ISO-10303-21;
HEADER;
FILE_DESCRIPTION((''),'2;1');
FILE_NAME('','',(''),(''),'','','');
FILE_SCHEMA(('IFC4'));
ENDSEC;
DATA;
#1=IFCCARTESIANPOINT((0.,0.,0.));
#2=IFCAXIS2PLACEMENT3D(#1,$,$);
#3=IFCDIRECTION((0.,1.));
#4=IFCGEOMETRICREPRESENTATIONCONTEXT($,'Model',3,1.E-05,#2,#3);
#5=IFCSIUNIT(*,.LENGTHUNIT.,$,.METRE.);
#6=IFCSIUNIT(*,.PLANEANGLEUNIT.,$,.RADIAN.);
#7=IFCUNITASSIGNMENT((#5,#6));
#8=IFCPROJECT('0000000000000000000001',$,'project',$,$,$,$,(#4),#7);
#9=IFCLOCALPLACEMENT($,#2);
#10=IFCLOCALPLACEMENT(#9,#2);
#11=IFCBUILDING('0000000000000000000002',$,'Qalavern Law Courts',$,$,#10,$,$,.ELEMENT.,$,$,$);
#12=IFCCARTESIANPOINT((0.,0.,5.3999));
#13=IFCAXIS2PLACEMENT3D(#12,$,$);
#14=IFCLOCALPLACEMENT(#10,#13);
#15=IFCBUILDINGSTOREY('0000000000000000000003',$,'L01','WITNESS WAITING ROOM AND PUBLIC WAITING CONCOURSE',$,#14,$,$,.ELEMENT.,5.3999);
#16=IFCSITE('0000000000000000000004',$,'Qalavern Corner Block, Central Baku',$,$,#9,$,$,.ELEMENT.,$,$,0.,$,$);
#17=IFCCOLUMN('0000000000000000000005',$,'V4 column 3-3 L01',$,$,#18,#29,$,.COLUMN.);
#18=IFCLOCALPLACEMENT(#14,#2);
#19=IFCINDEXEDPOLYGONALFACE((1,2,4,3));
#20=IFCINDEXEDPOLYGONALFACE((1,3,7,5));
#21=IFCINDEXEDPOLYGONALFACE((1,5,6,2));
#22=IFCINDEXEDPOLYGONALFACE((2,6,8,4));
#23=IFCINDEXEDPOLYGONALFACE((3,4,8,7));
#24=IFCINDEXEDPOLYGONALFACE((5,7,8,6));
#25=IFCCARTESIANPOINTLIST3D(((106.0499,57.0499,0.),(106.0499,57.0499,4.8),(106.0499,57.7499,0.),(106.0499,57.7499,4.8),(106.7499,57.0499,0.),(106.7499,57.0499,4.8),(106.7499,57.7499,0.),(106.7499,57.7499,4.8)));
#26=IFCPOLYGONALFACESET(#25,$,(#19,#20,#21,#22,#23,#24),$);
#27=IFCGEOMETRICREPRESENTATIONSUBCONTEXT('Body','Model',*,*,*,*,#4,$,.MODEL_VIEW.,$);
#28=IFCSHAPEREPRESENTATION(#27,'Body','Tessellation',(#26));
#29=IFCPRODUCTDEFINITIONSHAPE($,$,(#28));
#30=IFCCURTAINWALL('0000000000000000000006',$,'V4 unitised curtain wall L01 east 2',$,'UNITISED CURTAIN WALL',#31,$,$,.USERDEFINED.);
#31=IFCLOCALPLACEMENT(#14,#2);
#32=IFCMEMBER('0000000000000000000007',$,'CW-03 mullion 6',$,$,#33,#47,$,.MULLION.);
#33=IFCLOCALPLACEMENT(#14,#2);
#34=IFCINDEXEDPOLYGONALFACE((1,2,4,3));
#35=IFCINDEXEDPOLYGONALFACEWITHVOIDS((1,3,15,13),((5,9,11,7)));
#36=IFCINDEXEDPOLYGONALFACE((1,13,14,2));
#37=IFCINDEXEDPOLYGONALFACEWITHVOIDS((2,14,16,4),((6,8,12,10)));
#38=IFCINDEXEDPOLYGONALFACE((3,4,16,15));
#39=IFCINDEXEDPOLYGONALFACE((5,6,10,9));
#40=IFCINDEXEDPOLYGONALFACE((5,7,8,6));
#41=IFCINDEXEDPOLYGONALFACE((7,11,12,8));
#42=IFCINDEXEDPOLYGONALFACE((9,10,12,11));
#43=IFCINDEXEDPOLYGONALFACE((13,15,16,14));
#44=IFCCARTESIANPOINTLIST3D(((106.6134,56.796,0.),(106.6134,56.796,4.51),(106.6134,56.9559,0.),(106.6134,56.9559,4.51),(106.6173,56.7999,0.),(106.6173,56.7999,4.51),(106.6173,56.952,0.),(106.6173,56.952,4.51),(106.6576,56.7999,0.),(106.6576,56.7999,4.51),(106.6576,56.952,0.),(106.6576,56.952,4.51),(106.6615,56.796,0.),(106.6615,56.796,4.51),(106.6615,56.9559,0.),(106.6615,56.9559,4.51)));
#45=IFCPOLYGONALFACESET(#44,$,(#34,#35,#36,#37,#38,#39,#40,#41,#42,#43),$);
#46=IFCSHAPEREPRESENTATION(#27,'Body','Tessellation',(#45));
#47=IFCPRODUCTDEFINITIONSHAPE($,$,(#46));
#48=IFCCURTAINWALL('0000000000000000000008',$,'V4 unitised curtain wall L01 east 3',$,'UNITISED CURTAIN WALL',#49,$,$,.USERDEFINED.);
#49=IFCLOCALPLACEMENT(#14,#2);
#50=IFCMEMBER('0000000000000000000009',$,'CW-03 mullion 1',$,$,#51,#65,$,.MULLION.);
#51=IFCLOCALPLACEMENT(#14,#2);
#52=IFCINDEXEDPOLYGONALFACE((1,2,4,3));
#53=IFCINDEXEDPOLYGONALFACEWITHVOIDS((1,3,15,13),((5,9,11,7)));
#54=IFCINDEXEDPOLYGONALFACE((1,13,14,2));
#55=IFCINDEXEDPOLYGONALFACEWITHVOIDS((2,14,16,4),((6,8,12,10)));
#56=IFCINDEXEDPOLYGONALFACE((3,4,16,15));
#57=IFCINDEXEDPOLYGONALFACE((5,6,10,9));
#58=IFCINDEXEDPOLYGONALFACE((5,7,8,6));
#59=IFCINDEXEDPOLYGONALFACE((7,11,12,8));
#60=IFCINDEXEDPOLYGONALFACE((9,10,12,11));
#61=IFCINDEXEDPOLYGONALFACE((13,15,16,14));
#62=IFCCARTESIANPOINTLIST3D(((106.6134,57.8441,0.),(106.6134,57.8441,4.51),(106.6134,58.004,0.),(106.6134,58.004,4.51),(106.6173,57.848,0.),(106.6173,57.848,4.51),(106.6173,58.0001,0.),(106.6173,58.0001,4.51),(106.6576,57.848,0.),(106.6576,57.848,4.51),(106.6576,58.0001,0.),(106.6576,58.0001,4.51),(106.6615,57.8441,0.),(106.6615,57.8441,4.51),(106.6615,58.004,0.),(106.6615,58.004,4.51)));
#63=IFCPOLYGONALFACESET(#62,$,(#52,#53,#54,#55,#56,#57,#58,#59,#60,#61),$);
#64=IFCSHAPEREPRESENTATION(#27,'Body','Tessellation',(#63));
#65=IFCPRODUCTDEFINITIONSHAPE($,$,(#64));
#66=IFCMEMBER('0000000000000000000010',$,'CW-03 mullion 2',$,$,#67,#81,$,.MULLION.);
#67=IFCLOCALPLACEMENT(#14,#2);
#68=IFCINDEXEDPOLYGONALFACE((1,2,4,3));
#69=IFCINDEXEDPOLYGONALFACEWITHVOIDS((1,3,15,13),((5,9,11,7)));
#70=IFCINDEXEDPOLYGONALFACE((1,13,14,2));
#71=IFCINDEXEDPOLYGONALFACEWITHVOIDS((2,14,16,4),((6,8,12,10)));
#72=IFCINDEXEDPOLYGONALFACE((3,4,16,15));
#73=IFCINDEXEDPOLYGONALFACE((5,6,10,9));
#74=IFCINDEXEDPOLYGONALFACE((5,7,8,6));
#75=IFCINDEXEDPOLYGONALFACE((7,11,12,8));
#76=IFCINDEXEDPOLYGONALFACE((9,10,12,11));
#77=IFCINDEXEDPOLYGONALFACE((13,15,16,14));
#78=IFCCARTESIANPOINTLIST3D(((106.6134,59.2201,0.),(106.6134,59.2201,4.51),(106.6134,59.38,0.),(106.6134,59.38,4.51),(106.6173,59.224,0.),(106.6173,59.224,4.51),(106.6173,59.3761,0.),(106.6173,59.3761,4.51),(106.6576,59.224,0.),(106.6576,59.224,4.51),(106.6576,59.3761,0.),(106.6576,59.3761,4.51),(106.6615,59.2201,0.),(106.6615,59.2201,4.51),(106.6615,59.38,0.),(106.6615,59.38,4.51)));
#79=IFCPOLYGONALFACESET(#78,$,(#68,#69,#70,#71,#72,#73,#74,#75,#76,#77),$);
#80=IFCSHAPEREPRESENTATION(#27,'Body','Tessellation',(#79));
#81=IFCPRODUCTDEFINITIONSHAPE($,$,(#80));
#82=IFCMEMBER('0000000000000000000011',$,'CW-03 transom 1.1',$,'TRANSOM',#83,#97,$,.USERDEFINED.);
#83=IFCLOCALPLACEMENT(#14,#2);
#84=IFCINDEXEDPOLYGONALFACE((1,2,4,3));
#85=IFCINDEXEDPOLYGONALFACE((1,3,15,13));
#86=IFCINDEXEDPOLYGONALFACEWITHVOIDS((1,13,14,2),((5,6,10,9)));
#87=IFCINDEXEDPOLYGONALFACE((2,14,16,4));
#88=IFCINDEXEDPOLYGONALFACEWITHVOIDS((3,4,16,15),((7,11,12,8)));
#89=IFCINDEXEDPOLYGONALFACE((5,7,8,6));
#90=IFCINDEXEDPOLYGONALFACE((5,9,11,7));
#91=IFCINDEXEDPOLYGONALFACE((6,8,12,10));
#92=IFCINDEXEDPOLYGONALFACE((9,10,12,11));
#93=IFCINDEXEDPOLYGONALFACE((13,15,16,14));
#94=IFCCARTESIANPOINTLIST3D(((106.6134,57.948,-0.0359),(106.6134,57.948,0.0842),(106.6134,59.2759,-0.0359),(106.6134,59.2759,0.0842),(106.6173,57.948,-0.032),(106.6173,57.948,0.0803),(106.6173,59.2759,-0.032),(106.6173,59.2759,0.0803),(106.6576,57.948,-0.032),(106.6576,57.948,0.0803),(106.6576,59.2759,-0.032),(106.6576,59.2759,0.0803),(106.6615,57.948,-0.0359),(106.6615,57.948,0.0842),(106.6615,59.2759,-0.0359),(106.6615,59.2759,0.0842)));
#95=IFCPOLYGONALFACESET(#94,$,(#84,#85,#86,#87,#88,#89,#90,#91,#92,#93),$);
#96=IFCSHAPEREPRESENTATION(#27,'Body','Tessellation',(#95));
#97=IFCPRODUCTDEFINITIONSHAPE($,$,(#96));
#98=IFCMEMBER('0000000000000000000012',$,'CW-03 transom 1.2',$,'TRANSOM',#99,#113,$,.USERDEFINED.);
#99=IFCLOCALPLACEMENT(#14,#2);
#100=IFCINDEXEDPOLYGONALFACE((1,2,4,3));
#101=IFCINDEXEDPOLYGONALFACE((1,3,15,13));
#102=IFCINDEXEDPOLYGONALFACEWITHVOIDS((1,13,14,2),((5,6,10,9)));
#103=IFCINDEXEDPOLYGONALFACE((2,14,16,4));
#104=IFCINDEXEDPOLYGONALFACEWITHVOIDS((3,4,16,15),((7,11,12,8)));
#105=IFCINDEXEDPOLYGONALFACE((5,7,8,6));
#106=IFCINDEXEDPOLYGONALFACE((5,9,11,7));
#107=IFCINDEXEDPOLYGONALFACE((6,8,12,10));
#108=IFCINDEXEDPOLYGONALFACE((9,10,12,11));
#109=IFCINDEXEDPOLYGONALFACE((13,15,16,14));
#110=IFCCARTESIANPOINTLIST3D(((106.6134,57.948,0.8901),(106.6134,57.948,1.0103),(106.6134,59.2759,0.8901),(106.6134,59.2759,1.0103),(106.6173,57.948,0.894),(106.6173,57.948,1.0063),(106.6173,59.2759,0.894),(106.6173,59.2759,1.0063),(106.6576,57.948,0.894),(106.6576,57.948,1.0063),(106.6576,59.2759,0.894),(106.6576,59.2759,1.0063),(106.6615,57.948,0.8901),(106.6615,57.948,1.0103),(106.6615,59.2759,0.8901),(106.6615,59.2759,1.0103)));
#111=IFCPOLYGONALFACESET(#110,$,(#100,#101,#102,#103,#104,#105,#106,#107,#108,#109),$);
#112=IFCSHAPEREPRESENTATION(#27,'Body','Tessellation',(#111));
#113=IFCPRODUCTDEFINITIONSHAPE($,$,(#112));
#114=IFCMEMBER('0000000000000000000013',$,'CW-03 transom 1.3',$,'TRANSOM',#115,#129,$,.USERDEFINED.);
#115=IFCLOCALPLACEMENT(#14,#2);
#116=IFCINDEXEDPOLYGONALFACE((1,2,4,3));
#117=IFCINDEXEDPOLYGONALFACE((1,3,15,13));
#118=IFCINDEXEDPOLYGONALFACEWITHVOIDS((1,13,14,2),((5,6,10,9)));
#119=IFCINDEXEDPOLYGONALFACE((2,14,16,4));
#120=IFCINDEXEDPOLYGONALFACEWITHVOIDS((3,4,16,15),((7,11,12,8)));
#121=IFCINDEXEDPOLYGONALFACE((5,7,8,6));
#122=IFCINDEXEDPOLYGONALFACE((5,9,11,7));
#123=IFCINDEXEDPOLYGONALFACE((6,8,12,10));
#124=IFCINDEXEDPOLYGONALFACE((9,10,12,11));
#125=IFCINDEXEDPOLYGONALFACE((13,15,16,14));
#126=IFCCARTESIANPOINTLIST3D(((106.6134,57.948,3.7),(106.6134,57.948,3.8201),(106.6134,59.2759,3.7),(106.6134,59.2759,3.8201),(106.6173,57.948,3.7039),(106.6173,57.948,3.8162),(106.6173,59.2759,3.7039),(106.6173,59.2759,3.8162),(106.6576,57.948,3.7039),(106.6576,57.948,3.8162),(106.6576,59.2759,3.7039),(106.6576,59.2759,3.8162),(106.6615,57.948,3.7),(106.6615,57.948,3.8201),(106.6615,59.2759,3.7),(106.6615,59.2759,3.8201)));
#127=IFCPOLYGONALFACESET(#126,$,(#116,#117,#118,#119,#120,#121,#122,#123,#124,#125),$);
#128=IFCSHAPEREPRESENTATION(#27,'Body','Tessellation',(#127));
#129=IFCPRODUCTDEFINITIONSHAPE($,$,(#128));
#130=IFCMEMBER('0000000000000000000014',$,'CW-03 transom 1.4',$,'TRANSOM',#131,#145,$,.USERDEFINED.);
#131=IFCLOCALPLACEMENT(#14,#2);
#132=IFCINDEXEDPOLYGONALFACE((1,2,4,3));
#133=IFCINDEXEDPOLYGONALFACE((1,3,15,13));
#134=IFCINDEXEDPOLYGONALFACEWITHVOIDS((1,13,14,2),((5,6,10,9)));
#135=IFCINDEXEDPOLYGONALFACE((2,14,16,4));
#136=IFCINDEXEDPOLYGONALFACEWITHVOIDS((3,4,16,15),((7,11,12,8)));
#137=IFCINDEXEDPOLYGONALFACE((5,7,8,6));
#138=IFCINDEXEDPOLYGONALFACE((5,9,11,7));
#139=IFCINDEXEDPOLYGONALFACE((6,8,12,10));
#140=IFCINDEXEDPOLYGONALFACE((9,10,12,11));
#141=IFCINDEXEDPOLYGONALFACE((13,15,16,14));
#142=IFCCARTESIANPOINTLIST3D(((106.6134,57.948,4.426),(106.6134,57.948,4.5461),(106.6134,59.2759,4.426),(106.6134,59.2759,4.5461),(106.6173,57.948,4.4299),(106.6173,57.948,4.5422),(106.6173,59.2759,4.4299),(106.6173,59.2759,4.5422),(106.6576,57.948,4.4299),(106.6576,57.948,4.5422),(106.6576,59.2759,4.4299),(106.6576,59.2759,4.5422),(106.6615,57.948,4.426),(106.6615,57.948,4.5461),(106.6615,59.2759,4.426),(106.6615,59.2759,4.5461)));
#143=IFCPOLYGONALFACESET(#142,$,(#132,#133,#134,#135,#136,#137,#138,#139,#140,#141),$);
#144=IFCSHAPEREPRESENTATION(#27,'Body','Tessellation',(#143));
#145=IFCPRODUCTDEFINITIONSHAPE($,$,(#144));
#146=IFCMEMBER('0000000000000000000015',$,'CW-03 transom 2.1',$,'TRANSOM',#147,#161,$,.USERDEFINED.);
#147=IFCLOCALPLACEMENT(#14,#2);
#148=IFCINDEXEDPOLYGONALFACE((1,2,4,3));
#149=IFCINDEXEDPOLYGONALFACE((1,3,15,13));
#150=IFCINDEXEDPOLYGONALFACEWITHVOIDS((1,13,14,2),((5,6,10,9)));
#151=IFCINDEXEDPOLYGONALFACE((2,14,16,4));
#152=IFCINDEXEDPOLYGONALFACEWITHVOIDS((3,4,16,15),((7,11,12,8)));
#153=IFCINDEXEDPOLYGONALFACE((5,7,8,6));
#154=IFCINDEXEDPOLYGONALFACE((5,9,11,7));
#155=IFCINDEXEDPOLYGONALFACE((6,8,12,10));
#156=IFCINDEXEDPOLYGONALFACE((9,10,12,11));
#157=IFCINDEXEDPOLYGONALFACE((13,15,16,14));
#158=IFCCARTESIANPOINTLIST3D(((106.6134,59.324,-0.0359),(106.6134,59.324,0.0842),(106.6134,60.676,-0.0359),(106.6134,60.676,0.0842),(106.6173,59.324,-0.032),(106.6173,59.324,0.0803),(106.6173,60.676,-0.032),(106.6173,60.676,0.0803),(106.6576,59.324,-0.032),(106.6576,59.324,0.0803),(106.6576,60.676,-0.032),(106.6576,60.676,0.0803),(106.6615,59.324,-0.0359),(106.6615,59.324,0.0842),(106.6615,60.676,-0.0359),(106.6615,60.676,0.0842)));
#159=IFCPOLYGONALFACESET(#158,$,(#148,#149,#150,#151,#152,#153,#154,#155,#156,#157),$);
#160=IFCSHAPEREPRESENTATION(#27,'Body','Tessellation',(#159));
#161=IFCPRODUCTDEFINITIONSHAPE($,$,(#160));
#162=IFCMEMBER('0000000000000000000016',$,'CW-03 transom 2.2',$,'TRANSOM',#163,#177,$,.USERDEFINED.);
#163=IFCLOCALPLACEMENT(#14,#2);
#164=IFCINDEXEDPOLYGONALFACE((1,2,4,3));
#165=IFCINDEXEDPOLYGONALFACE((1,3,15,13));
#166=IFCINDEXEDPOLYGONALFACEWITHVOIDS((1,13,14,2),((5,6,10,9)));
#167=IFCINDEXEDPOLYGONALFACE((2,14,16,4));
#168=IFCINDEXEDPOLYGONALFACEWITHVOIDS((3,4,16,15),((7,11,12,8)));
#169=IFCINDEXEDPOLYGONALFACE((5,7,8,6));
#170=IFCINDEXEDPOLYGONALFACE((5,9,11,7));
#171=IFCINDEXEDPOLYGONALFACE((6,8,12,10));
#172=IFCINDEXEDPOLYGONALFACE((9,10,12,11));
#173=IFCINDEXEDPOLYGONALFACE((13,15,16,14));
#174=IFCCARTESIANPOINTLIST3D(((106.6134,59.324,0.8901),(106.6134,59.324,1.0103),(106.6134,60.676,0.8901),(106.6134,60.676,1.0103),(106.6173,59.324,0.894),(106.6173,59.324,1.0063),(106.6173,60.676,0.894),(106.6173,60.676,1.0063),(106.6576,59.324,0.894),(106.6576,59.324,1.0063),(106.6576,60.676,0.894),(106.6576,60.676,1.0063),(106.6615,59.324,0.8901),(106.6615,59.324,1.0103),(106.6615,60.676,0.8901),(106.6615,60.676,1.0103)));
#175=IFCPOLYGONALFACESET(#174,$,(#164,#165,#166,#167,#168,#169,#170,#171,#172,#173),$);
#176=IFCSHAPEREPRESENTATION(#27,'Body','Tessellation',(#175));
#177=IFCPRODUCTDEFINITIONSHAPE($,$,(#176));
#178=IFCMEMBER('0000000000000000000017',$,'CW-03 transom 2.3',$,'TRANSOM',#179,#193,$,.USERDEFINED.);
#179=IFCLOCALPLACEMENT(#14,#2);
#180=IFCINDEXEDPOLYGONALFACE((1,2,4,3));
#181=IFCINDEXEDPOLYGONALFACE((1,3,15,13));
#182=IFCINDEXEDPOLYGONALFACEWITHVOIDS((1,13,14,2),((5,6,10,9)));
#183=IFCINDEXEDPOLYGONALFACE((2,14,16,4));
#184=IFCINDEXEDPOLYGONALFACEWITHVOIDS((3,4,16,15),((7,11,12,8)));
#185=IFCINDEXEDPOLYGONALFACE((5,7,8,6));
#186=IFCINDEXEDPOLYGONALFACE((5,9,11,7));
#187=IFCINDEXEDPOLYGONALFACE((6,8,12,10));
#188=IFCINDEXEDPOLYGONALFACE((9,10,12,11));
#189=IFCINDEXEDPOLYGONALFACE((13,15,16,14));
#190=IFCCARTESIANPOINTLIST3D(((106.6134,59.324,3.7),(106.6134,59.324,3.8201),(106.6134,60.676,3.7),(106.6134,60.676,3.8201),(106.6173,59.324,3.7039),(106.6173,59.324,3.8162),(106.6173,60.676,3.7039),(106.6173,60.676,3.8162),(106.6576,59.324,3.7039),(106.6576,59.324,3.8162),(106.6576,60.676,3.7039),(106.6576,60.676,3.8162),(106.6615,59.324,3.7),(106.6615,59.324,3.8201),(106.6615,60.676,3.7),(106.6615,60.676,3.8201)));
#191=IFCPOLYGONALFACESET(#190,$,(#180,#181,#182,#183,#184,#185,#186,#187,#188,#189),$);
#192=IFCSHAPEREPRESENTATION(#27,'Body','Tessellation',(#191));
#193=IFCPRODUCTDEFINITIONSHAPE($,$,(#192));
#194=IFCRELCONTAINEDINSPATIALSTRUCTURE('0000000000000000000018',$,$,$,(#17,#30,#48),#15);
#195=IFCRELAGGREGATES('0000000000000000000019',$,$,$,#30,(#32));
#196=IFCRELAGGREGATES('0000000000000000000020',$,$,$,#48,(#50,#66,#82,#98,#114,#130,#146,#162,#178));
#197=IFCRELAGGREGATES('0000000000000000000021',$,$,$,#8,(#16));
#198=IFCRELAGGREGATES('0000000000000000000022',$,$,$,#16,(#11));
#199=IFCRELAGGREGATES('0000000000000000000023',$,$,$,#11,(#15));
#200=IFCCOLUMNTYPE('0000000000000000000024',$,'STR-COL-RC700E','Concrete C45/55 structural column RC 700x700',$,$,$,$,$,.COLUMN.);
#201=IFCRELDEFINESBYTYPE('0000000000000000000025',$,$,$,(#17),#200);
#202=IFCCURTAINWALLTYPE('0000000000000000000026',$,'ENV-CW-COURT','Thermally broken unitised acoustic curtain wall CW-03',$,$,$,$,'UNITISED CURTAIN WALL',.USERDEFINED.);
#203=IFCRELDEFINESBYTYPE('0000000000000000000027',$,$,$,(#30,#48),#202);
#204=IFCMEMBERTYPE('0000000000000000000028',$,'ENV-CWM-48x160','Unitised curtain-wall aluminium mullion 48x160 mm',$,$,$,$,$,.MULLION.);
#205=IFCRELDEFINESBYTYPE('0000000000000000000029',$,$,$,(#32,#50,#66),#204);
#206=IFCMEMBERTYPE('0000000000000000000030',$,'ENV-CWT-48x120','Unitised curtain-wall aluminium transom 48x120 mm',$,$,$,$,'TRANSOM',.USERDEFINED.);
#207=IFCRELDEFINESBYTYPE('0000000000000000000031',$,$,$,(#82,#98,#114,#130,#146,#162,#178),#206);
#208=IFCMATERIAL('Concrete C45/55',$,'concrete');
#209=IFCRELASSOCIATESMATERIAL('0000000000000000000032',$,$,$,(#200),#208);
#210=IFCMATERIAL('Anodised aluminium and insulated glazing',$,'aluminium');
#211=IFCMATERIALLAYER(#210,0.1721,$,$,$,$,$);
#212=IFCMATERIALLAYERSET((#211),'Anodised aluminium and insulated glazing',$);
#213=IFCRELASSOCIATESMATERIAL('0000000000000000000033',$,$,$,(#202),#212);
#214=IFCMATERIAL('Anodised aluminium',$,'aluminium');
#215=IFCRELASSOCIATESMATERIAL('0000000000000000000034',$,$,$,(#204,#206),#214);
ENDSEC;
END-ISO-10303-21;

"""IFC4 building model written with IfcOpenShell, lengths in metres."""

from ifc_helpers import new_model, si_unit, direction, frame, origin, origin_2d, place, context, subcontext, project, spatial, rectangle, hollow_rectangle, extrude, material, layer, layer_set, material_profile, profile_set, type_object, element, aggregate, save


model = new_model("IFC4")

# Units and contexts
model_context = context("Model", 3, precision=1e-05, world=origin(), true_north=direction((0.0, 1.0)))
body_context = subcontext(model_context, "Body", "Model", "MODEL_VIEW")
ifc_project = project(units=[si_unit("LENGTHUNIT", "METRE"), si_unit("PLANEANGLEUNIT", "RADIAN")], contexts=[model_context])

# Site, building, storey
site_placement = place(None, origin())
site = spatial("IfcSite", under=ifc_project, at=site_placement, Name="Qalavern Corner Block, Central Baku", CompositionType="ELEMENT", RefElevation=0.0)
building_placement = place(site_placement, origin())
building = spatial("IfcBuilding", under=site, at=building_placement, Name="Qalavern Law Courts", CompositionType="ELEMENT")
storey_placement = place(building_placement, frame((0.0, 0.0, 5.3999)))
storey = spatial("IfcBuildingStorey", under=building, at=storey_placement, Name="L01", Description="WITNESS WAITING ROOM AND PUBLIC WAITING CONCOURSE", CompositionType="ELEMENT", Elevation=5.3999)

# Column
ifc_material_1 = material(Name="Concrete C45/55", Category="concrete")
ifc_material_profile_1 = material_profile(ifc_material_1, rectangle(XDim=0.7, YDim=0.7, at=origin_2d()), Name="RC 700x700")
ifc_profile_set_1 = profile_set([ifc_material_profile_1], Name="Concrete C45/55")
column_type = type_object("IfcColumnType", Name="STR-COL-RC700E", Description="Concrete C45/55 structural column RC 700x700", PredefinedType="COLUMN", material=ifc_profile_set_1)
column_placement = place(storey_placement, frame((106.3999, 57.3999, 0.0), z_axis=(0.0, 0.0, 1.0), x_axis=(1.0, 0.0, 0.0)))
element("IfcColumn", 1, at=column_placement, inside=storey, type_object=column_type, Name="V4 column 3-3 L01", PredefinedType="COLUMN", context=body_context, shape_type="SweptSolid", body=[
    extrude(rectangle(XDim=0.7, YDim=0.7, at=origin_2d()), origin(), (0.0, 0.0, 1.0), 4.8),
])

# Curtain wall, member
ifc_material_2 = material(Name="Anodised aluminium and insulated glazing", Category="aluminium")
ifc_layer_1 = layer(ifc_material_2, 0.1721)
ifc_layer_set_1 = layer_set([ifc_layer_1], Name="Anodised aluminium and insulated glazing")
curtain_wall_type = type_object("IfcCurtainWallType", Name="ENV-CW-COURT", Description="Thermally broken unitised acoustic curtain wall CW-03", ElementType="UNITISED CURTAIN WALL", PredefinedType="USERDEFINED", material=ifc_layer_set_1)
curtain_wall_1_placement = place(storey_placement, origin())
curtain_wall_1 = element("IfcCurtainWall", 2, at=curtain_wall_1_placement, inside=storey, type_object=curtain_wall_type, Name="V4 unitised curtain wall L01 east 2", ObjectType="UNITISED CURTAIN WALL", PredefinedType="USERDEFINED")
ifc_material_3 = material(Name="Anodised aluminium", Category="aluminium")
ifc_material_profile_2 = material_profile(ifc_material_3, hollow_rectangle(XDim=0.0481, YDim=0.1599, WallThickness=0.0039, at=origin_2d()), Name="ALU MULLION 48x160")
ifc_profile_set_2 = profile_set([ifc_material_profile_2], Name="Anodised aluminium")
member_type_1 = type_object("IfcMemberType", Name="ENV-CWM-48x160", Description="Unitised curtain-wall aluminium mullion 48x160 mm", PredefinedType="MULLION", material=ifc_profile_set_2)
member_1_placement = place(storey_placement, frame((106.6375, 56.876, 0.0), z_axis=(0.0, 0.0, 1.0), x_axis=(-1.0, 0.0, 0.0)))
member_1 = element("IfcMember", 3, at=member_1_placement, type_object=member_type_1, Name="CW-03 mullion 6", PredefinedType="MULLION", context=body_context, shape_type="SweptSolid", body=[
    extrude(hollow_rectangle(XDim=0.0481, YDim=0.1599, WallThickness=0.0039, at=origin_2d()), origin(), (0.0, 0.0, 1.0), 4.51),
])

# Curtain wall, members
curtain_wall_2_placement = place(storey_placement, origin())
curtain_wall_2 = element("IfcCurtainWall", 4, at=curtain_wall_2_placement, inside=storey, type_object=curtain_wall_type, Name="V4 unitised curtain wall L01 east 3", ObjectType="UNITISED CURTAIN WALL", PredefinedType="USERDEFINED")
member_2_placement = place(storey_placement, frame((106.6375, 57.9241, 0.0), z_axis=(0.0, 0.0, 1.0), x_axis=(-1.0, 0.0, 0.0)))
member_2 = element("IfcMember", 5, at=member_2_placement, type_object=member_type_1, Name="CW-03 mullion 1", PredefinedType="MULLION", context=body_context, shape_type="SweptSolid", body=[
    extrude(hollow_rectangle(XDim=0.0481, YDim=0.1599, WallThickness=0.0039, at=origin_2d()), origin(), (0.0, 0.0, 1.0), 4.51),
])
member_3_placement = place(storey_placement, frame((106.6375, 59.3, 0.0), z_axis=(0.0, 0.0, 1.0), x_axis=(-1.0, 0.0, 0.0)))
member_3 = element("IfcMember", 6, at=member_3_placement, type_object=member_type_1, Name="CW-03 mullion 2", PredefinedType="MULLION", context=body_context, shape_type="SweptSolid", body=[
    extrude(hollow_rectangle(XDim=0.0481, YDim=0.1599, WallThickness=0.0039, at=origin_2d()), origin(), (0.0, 0.0, 1.0), 4.51),
])
ifc_material_profile_3 = material_profile(ifc_material_3, hollow_rectangle(XDim=0.0481, YDim=0.1201, WallThickness=0.0039, at=origin_2d()), Name="ALU TRANSOM 48x120")
ifc_profile_set_3 = profile_set([ifc_material_profile_3], Name="Anodised aluminium")
member_type_2 = type_object("IfcMemberType", Name="ENV-CWT-48x120", Description="Unitised curtain-wall aluminium transom 48x120 mm", ElementType="TRANSOM", PredefinedType="USERDEFINED", material=ifc_profile_set_3)
member_4_placement = place(storey_placement, frame((106.6375, 57.948, 0.0242), z_axis=(0.0, 1.0, 0.0), x_axis=(-1.0, 0.0, 0.0)))
member_4 = element("IfcMember", 7, at=member_4_placement, type_object=member_type_2, Name="CW-03 transom 1.1", ObjectType="TRANSOM", PredefinedType="USERDEFINED", context=body_context, shape_type="SweptSolid", body=[
    extrude(hollow_rectangle(XDim=0.0481, YDim=0.1201, WallThickness=0.0039, at=origin_2d()), origin(), (0.0, 0.0, 1.0), 1.3279),
])
member_5_placement = place(storey_placement, frame((106.6375, 57.948, 0.9502), z_axis=(0.0, 1.0, 0.0), x_axis=(-1.0, 0.0, 0.0)))
member_5 = element("IfcMember", 8, at=member_5_placement, type_object=member_type_2, Name="CW-03 transom 1.2", ObjectType="TRANSOM", PredefinedType="USERDEFINED", context=body_context, shape_type="SweptSolid", body=[
    extrude(hollow_rectangle(XDim=0.0481, YDim=0.1201, WallThickness=0.0039, at=origin_2d()), origin(), (0.0, 0.0, 1.0), 1.3279),
])
member_6_placement = place(storey_placement, frame((106.6375, 57.948, 3.76), z_axis=(0.0, 1.0, 0.0), x_axis=(-1.0, 0.0, 0.0)))
member_6 = element("IfcMember", 9, at=member_6_placement, type_object=member_type_2, Name="CW-03 transom 1.3", ObjectType="TRANSOM", PredefinedType="USERDEFINED", context=body_context, shape_type="SweptSolid", body=[
    extrude(hollow_rectangle(XDim=0.0481, YDim=0.1201, WallThickness=0.0039, at=origin_2d()), origin(), (0.0, 0.0, 1.0), 1.3279),
])
member_7_placement = place(storey_placement, frame((106.6375, 57.948, 4.4861), z_axis=(0.0, 1.0, 0.0), x_axis=(-1.0, 0.0, 0.0)))
member_7 = element("IfcMember", 10, at=member_7_placement, type_object=member_type_2, Name="CW-03 transom 1.4", ObjectType="TRANSOM", PredefinedType="USERDEFINED", context=body_context, shape_type="SweptSolid", body=[
    extrude(hollow_rectangle(XDim=0.0481, YDim=0.1201, WallThickness=0.0039, at=origin_2d()), origin(), (0.0, 0.0, 1.0), 1.3279),
])
member_8_placement = place(storey_placement, frame((106.6375, 59.324, 0.0242), z_axis=(0.0, 1.0, 0.0), x_axis=(-1.0, 0.0, 0.0)))
member_8 = element("IfcMember", 11, at=member_8_placement, type_object=member_type_2, Name="CW-03 transom 2.1", ObjectType="TRANSOM", PredefinedType="USERDEFINED", context=body_context, shape_type="SweptSolid", body=[
    extrude(hollow_rectangle(XDim=0.0481, YDim=0.1201, WallThickness=0.0039, at=origin_2d()), origin(), (0.0, 0.0, 1.0), 1.3521),
])
member_9_placement = place(storey_placement, frame((106.6375, 59.324, 0.9502), z_axis=(0.0, 1.0, 0.0), x_axis=(-1.0, 0.0, 0.0)))
member_9 = element("IfcMember", 12, at=member_9_placement, type_object=member_type_2, Name="CW-03 transom 2.2", ObjectType="TRANSOM", PredefinedType="USERDEFINED", context=body_context, shape_type="SweptSolid", body=[
    extrude(hollow_rectangle(XDim=0.0481, YDim=0.1201, WallThickness=0.0039, at=origin_2d()), origin(), (0.0, 0.0, 1.0), 1.3521),
])
member_10_placement = place(storey_placement, frame((106.6375, 59.324, 3.76), z_axis=(0.0, 1.0, 0.0), x_axis=(-1.0, 0.0, 0.0)))
member_10 = element("IfcMember", 13, at=member_10_placement, type_object=member_type_2, Name="CW-03 transom 2.3", ObjectType="TRANSOM", PredefinedType="USERDEFINED", context=body_context, shape_type="SweptSolid", body=[
    extrude(hollow_rectangle(XDim=0.0481, YDim=0.1201, WallThickness=0.0039, at=origin_2d()), origin(), (0.0, 0.0, 1.0), 1.3521),
])

aggregate(curtain_wall_1, [member_1])
aggregate(curtain_wall_2, [member_2, member_3, member_4, member_5, member_6, member_7, member_8, member_9, member_10])

save(model, "model.ifc")
